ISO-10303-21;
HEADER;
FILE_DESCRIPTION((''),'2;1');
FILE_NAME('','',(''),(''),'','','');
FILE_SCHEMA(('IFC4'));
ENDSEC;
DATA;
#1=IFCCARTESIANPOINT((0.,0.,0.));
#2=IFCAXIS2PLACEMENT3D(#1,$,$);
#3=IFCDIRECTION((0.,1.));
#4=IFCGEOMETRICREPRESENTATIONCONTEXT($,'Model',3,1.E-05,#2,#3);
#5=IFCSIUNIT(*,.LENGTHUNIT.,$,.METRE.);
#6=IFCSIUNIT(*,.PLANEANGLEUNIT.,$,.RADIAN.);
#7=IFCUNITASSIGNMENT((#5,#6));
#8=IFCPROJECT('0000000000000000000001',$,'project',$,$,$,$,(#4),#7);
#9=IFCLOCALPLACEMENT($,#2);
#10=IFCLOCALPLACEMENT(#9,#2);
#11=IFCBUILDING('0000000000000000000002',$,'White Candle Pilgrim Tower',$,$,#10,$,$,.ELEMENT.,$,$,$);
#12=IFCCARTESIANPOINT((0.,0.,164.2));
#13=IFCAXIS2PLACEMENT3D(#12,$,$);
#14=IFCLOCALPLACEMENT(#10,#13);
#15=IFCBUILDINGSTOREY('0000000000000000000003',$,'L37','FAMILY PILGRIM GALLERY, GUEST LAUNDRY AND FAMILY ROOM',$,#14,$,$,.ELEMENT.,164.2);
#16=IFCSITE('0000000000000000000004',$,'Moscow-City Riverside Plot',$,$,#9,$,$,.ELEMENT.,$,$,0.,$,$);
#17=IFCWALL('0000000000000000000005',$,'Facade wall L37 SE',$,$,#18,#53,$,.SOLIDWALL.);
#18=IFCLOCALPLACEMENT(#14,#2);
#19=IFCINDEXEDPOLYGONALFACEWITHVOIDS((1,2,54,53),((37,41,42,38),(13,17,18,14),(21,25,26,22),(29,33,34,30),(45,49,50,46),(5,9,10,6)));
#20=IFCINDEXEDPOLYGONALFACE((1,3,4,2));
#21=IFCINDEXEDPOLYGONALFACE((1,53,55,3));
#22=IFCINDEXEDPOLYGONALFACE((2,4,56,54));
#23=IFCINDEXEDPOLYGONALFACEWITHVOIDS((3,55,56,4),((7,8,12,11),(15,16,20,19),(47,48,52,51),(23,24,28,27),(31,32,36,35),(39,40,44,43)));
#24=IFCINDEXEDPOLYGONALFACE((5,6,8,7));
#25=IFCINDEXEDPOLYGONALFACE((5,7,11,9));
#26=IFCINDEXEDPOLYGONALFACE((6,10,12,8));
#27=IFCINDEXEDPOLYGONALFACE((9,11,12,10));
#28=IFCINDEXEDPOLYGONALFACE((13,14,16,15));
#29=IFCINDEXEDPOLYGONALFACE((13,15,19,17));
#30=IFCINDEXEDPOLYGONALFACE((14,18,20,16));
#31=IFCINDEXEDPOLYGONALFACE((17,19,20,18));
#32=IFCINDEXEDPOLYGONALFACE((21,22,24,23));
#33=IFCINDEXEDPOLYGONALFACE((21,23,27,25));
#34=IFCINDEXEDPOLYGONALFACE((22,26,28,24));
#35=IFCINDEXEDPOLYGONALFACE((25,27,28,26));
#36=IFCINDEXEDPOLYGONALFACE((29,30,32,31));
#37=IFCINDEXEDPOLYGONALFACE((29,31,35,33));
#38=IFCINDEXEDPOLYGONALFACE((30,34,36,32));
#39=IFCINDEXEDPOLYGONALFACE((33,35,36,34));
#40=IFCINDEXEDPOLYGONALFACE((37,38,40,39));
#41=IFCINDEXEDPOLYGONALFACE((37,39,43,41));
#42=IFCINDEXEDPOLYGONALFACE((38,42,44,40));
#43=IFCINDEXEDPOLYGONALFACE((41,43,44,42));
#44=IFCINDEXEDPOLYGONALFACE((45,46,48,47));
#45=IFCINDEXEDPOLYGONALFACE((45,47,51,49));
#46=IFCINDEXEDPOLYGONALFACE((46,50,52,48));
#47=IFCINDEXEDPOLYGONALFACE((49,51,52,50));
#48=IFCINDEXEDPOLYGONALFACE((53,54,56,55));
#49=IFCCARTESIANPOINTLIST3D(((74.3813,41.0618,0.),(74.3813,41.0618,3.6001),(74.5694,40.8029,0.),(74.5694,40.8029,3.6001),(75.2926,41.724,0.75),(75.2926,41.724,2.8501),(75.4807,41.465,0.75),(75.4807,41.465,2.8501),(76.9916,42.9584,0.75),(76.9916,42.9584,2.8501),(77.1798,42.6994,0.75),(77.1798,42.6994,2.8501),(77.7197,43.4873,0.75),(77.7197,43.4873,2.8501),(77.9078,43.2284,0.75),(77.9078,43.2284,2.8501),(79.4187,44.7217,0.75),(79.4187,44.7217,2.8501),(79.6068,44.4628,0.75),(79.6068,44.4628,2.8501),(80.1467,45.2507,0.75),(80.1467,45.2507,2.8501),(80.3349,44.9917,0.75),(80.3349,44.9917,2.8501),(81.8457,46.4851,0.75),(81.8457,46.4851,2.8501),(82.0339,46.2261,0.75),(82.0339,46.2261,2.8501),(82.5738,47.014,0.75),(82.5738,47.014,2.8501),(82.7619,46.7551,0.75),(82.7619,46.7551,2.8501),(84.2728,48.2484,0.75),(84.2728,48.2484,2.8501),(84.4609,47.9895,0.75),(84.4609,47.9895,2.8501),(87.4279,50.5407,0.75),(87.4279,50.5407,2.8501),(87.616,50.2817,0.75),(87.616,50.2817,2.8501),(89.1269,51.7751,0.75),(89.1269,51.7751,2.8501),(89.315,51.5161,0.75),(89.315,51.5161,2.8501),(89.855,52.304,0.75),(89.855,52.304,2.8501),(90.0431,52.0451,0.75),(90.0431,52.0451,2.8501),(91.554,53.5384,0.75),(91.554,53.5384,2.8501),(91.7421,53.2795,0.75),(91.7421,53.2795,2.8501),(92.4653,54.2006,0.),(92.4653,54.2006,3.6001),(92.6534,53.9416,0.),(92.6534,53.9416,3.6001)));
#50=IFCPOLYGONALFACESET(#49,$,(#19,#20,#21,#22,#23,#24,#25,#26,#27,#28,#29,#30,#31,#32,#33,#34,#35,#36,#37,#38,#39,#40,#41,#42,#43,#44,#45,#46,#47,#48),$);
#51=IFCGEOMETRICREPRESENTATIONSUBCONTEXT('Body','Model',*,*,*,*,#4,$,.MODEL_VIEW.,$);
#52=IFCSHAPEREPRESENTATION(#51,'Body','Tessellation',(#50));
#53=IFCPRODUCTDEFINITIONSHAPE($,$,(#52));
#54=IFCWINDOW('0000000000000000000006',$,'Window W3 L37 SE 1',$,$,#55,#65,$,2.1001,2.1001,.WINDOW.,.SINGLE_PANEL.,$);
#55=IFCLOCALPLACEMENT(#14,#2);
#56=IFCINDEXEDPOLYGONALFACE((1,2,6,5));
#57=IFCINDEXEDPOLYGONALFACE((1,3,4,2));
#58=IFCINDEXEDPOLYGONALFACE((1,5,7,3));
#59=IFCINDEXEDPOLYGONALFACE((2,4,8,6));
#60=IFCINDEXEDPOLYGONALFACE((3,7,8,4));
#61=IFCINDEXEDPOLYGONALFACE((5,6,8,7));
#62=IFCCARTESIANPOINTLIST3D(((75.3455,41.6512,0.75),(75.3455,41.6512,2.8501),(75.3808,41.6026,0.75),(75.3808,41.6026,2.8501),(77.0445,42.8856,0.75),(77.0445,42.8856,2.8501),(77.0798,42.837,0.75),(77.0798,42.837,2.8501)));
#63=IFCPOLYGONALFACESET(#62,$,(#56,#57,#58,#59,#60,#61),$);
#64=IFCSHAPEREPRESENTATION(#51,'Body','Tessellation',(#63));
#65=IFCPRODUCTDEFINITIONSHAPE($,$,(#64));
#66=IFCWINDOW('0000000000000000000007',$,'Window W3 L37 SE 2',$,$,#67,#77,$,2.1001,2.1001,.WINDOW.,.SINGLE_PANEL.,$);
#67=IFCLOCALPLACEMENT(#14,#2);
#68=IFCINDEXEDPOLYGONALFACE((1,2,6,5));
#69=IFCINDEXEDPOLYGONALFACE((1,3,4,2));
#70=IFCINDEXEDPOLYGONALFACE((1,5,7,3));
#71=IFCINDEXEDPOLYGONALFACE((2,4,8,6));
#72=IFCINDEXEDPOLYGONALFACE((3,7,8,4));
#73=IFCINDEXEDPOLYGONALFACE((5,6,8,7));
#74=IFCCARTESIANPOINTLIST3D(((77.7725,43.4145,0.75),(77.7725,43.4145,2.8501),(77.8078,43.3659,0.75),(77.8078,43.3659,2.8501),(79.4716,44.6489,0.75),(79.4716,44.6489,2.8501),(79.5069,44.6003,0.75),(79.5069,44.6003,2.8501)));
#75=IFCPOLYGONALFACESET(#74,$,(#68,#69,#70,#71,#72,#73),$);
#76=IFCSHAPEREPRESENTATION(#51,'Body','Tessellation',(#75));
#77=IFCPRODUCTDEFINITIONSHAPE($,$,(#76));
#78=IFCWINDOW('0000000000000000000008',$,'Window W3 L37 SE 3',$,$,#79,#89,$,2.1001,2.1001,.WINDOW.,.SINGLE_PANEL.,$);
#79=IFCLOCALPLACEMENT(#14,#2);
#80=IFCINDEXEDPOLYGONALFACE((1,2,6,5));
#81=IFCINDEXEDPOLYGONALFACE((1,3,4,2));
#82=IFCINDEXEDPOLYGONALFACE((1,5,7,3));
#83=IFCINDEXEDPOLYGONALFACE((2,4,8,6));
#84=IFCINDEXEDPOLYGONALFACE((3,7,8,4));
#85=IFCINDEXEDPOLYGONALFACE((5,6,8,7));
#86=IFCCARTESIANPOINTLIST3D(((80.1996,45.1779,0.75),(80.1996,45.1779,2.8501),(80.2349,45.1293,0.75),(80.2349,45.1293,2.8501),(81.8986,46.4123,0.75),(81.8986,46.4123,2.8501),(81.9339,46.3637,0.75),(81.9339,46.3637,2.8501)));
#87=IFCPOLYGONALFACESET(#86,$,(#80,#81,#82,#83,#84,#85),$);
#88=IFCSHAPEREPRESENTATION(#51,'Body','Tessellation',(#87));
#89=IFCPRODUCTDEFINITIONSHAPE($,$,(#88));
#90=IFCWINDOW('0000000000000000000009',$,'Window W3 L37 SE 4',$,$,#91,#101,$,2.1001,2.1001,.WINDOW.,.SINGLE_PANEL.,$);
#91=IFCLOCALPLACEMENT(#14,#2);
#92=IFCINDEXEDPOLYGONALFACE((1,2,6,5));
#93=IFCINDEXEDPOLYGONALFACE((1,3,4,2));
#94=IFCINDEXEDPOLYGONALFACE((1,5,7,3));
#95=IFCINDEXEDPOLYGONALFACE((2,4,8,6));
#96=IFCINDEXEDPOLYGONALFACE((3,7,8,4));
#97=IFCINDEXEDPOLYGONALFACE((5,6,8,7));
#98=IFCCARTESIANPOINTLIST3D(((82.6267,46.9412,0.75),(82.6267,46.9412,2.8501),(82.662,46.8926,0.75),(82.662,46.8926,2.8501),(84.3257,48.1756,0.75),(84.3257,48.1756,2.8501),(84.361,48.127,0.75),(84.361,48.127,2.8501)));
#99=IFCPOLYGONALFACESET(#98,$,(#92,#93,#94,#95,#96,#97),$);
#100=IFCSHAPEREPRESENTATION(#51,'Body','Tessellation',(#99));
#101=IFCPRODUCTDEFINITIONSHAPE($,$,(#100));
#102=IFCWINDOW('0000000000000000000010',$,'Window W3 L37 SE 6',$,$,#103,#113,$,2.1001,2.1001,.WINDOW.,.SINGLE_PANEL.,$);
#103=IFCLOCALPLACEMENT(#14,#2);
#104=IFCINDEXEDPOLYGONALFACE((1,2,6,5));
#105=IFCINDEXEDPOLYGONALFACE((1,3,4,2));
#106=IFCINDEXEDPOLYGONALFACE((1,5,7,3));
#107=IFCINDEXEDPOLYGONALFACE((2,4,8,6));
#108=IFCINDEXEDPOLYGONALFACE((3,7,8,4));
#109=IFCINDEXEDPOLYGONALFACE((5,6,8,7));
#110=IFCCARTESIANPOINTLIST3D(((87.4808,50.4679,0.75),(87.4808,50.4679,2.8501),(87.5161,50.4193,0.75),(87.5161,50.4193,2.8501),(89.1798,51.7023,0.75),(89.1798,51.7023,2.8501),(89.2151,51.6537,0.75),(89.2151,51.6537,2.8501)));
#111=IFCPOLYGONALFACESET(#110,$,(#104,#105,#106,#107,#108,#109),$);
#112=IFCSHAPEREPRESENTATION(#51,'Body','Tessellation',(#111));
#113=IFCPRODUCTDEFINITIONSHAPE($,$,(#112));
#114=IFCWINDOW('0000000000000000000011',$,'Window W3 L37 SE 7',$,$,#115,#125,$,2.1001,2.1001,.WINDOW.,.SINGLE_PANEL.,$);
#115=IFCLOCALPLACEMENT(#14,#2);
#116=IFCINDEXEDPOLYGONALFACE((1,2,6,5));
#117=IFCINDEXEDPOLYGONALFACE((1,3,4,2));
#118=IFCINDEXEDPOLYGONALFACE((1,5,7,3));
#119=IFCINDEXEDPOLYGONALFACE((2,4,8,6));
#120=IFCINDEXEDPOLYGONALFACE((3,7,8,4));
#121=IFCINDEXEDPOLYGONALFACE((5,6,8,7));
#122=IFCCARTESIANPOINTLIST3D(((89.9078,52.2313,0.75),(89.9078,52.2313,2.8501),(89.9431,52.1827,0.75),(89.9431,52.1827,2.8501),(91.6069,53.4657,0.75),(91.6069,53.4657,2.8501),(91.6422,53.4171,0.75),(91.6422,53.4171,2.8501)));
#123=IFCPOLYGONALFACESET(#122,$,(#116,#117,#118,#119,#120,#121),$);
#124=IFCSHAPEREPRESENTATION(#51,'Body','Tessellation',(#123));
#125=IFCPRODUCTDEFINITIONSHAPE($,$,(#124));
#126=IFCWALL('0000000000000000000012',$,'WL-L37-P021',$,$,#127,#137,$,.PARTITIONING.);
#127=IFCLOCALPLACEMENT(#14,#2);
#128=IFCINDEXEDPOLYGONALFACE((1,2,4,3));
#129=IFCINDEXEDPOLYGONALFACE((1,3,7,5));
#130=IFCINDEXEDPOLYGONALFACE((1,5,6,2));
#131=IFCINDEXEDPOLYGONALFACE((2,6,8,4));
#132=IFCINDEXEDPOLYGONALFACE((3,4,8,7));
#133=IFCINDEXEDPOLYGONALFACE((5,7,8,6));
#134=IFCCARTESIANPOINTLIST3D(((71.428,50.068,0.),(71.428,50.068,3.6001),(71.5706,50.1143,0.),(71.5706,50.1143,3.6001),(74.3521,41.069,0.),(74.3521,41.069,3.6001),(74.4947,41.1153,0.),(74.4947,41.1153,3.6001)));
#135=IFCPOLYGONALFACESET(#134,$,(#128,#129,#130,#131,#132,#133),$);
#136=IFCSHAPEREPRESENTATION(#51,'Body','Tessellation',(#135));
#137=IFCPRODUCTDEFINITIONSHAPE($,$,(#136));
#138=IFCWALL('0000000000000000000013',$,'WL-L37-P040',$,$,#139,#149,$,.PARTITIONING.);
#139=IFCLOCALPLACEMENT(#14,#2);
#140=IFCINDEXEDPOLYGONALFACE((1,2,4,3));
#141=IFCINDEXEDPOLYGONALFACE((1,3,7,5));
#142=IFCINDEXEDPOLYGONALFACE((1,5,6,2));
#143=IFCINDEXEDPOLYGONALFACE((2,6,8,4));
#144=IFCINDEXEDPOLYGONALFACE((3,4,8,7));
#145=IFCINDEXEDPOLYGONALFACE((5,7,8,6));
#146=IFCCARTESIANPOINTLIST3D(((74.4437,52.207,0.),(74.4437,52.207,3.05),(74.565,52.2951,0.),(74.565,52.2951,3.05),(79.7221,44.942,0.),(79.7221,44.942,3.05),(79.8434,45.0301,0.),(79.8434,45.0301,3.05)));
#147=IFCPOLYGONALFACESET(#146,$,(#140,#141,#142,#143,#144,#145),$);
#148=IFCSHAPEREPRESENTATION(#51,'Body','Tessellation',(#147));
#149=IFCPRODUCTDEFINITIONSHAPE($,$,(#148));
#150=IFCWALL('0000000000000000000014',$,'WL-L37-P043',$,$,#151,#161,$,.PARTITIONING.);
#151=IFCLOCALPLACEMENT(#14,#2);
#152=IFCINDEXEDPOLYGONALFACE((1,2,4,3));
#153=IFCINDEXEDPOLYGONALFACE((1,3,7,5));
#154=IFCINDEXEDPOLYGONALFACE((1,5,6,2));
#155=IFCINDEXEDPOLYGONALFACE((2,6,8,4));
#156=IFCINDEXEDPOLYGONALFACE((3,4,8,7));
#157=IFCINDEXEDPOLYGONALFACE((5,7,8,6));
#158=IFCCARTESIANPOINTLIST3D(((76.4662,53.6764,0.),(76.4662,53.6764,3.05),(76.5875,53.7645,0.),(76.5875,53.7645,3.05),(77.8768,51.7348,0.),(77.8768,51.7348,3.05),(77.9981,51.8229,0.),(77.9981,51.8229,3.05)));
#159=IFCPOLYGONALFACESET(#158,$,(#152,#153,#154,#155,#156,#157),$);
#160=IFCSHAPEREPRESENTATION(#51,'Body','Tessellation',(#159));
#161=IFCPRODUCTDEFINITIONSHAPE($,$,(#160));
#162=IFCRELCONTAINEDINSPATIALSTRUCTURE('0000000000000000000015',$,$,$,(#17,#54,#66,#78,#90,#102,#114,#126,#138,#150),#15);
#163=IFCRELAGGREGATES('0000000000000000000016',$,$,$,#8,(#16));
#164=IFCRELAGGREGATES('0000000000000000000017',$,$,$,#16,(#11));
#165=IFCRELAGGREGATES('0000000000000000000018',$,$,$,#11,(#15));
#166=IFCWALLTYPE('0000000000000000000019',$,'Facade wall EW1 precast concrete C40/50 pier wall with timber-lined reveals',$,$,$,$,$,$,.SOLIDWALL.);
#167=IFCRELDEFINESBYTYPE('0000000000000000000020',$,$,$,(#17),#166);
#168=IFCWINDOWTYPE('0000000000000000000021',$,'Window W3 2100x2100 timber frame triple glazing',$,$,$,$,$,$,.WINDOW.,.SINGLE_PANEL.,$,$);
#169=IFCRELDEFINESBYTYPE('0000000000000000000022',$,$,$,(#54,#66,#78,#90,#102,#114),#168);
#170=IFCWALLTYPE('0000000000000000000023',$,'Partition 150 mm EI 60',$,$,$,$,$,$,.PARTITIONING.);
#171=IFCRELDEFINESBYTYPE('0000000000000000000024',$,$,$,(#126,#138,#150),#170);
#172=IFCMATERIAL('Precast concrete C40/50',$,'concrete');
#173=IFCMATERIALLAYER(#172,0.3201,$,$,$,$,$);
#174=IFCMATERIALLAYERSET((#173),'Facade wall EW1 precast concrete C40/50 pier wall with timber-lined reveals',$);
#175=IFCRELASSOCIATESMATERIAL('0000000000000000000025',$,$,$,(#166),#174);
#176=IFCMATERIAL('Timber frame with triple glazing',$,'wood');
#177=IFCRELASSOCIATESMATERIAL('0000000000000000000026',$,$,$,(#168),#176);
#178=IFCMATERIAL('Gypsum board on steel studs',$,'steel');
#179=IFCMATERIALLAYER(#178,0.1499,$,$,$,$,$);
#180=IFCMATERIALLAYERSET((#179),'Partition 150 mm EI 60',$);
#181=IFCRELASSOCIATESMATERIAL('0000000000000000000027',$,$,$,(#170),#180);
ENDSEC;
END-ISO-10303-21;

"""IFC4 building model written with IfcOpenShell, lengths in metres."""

from ifc_helpers import new_model, si_unit, direction, frame, frame_2d, origin, place, context, subcontext, project, spatial, rectangle, extrude, material, layer, layer_set, type_object, element, fill, save


model = new_model("IFC4")

# Units and contexts
model_context = context("Model", 3, precision=1e-05, world=origin(), true_north=direction((0.0, 1.0)))
body_context = subcontext(model_context, "Body", "Model", "MODEL_VIEW")
ifc_project = project(units=[si_unit("LENGTHUNIT", "METRE"), si_unit("PLANEANGLEUNIT", "RADIAN")], contexts=[model_context])

# Site, building, storey
site_placement = place(None, origin())
site = spatial("IfcSite", under=ifc_project, at=site_placement, Name="Moscow-City Riverside Plot", CompositionType="ELEMENT", RefElevation=0.0)
building_placement = place(site_placement, origin())
building = spatial("IfcBuilding", under=site, at=building_placement, Name="White Candle Pilgrim Tower", CompositionType="ELEMENT")
storey_placement = place(building_placement, frame((0.0, 0.0, 164.2)))
storey = spatial("IfcBuildingStorey", under=building, at=storey_placement, Name="L37", Description="FAMILY PILGRIM GALLERY, GUEST LAUNDRY AND FAMILY ROOM", CompositionType="ELEMENT", Elevation=164.2)

# Shared definitions
ifc_material_1 = material(Name="Gypsum board on steel studs", Category="steel")

# Wall, openings, windows
ifc_material_2 = material(Name="Precast concrete C40/50", Category="concrete")
ifc_layer_1 = layer(ifc_material_2, 0.3201)
ifc_layer_set_1 = layer_set([ifc_layer_1], Name="Facade wall EW1 precast concrete C40/50 pier wall with timber-lined reveals")
wall_type_1 = type_object("IfcWallType", Name="Facade wall EW1 precast concrete C40/50 pier wall with timber-lined reveals", PredefinedType="SOLIDWALL", material=ifc_layer_set_1)
wall_1_placement = place(storey_placement, frame((74.4753, 40.9324, 0.0), z_axis=(0.0, 0.0, 1.0), x_axis=(0.809019, 0.587782, 0.0)))
wall_1 = element("IfcWall", 1, at=wall_1_placement, inside=storey, type_object=wall_type_1, Name="Facade wall L37 SE", PredefinedType="SOLIDWALL", context=body_context, shape_type="SweptSolid", body=[
    extrude(rectangle(XDim=22.353, YDim=0.3201, at=frame_2d((11.1765, 0.0))), origin(), (0.0, 0.0, 1.0), 3.6001),
])
opening_1_placement = place(wall_1_placement, frame((1.1265, 0.0, 0.75)))
opening_1 = element("IfcOpeningElement", 2, at=opening_1_placement, cuts=wall_1, PredefinedType="OPENING", context=body_context, shape_type="SweptSolid", body=[
    extrude(rectangle(XDim=2.1001, YDim=2.1001, at=frame_2d((1.05, 1.05))), frame((0.0, 0.1699, 0.0), z_axis=(0.0, -1.0, 0.0), x_axis=(1.0, 0.0, 0.0)), (0.0, 0.0, 1.0), 0.3401),
])
opening_2_placement = place(wall_1_placement, frame((4.1265, 0.0, 0.75)))
opening_2 = element("IfcOpeningElement", 3, at=opening_2_placement, cuts=wall_1, PredefinedType="OPENING", context=body_context, shape_type="SweptSolid", body=[
    extrude(rectangle(XDim=2.1001, YDim=2.1001, at=frame_2d((1.05, 1.05))), frame((0.0, 0.1699, 0.0), z_axis=(0.0, -1.0, 0.0), x_axis=(1.0, 0.0, 0.0)), (0.0, 0.0, 1.0), 0.3401),
])
opening_3_placement = place(wall_1_placement, frame((7.1265, 0.0, 0.75)))
opening_3 = element("IfcOpeningElement", 4, at=opening_3_placement, cuts=wall_1, PredefinedType="OPENING", context=body_context, shape_type="SweptSolid", body=[
    extrude(rectangle(XDim=2.1001, YDim=2.1001, at=frame_2d((1.05, 1.05))), frame((0.0, 0.1699, 0.0), z_axis=(0.0, -1.0, 0.0), x_axis=(1.0, 0.0, 0.0)), (0.0, 0.0, 1.0), 0.3401),
])
opening_4_placement = place(wall_1_placement, frame((10.1265, 0.0, 0.75)))
opening_4 = element("IfcOpeningElement", 5, at=opening_4_placement, cuts=wall_1, PredefinedType="OPENING", context=body_context, shape_type="SweptSolid", body=[
    extrude(rectangle(XDim=2.1001, YDim=2.1001, at=frame_2d((1.05, 1.05))), frame((0.0, 0.1699, 0.0), z_axis=(0.0, -1.0, 0.0), x_axis=(1.0, 0.0, 0.0)), (0.0, 0.0, 1.0), 0.3401),
])
opening_5_placement = place(wall_1_placement, frame((16.1265, 0.0, 0.75)))
opening_5 = element("IfcOpeningElement", 6, at=opening_5_placement, cuts=wall_1, PredefinedType="OPENING", context=body_context, shape_type="SweptSolid", body=[
    extrude(rectangle(XDim=2.1001, YDim=2.1001, at=frame_2d((1.05, 1.05))), frame((0.0, 0.1699, 0.0), z_axis=(0.0, -1.0, 0.0), x_axis=(1.0, 0.0, 0.0)), (0.0, 0.0, 1.0), 0.3401),
])
opening_6_placement = place(wall_1_placement, frame((19.1265, 0.0, 0.75)))
opening_6 = element("IfcOpeningElement", 7, at=opening_6_placement, cuts=wall_1, PredefinedType="OPENING", context=body_context, shape_type="SweptSolid", body=[
    extrude(rectangle(XDim=2.1001, YDim=2.1001, at=frame_2d((1.05, 1.05))), frame((0.0, 0.1699, 0.0), z_axis=(0.0, -1.0, 0.0), x_axis=(1.0, 0.0, 0.0)), (0.0, 0.0, 1.0), 0.3401),
])
ifc_material_3 = material(Name="Timber frame with triple glazing", Category="wood")
window_type = type_object("IfcWindowType", Name="Window W3 2100x2100 timber frame triple glazing", PartitioningType="SINGLE_PANEL", PredefinedType="WINDOW", material=ifc_material_3)
window_1_placement = place(opening_1_placement, origin())
window_1 = element("IfcWindow", 8, at=window_1_placement, inside=storey, type_object=window_type, Name="Window W3 L37 SE 1", OverallHeight=2.1001, OverallWidth=2.1001, PartitioningType="SINGLE_PANEL", PredefinedType="WINDOW", context=body_context, shape_type="SweptSolid", body=[
    extrude(rectangle(XDim=2.1001, YDim=2.1001, at=frame_2d((1.05, 1.05))), frame((0.0, 0.0701, 0.0), z_axis=(0.0, -1.0, 0.0), x_axis=(1.0, 0.0, 0.0)), (0.0, 0.0, 1.0), 0.0601),
])
fill(opening_1, window_1)
window_2_placement = place(opening_2_placement, origin())
window_2 = element("IfcWindow", 9, at=window_2_placement, inside=storey, type_object=window_type, Name="Window W3 L37 SE 2", OverallHeight=2.1001, OverallWidth=2.1001, PartitioningType="SINGLE_PANEL", PredefinedType="WINDOW", context=body_context, shape_type="SweptSolid", body=[
    extrude(rectangle(XDim=2.1001, YDim=2.1001, at=frame_2d((1.05, 1.05))), frame((0.0, 0.0701, 0.0), z_axis=(0.0, -1.0, 0.0), x_axis=(1.0, 0.0, 0.0)), (0.0, 0.0, 1.0), 0.0601),
])
fill(opening_2, window_2)
window_3_placement = place(opening_3_placement, origin())
window_3 = element("IfcWindow", 10, at=window_3_placement, inside=storey, type_object=window_type, Name="Window W3 L37 SE 3", OverallHeight=2.1001, OverallWidth=2.1001, PartitioningType="SINGLE_PANEL", PredefinedType="WINDOW", context=body_context, shape_type="SweptSolid", body=[
    extrude(rectangle(XDim=2.1001, YDim=2.1001, at=frame_2d((1.05, 1.05))), frame((0.0, 0.0701, 0.0), z_axis=(0.0, -1.0, 0.0), x_axis=(1.0, 0.0, 0.0)), (0.0, 0.0, 1.0), 0.0601),
])
fill(opening_3, window_3)
window_4_placement = place(opening_4_placement, origin())
window_4 = element("IfcWindow", 11, at=window_4_placement, inside=storey, type_object=window_type, Name="Window W3 L37 SE 4", OverallHeight=2.1001, OverallWidth=2.1001, PartitioningType="SINGLE_PANEL", PredefinedType="WINDOW", context=body_context, shape_type="SweptSolid", body=[
    extrude(rectangle(XDim=2.1001, YDim=2.1001, at=frame_2d((1.05, 1.05))), frame((0.0, 0.0701, 0.0), z_axis=(0.0, -1.0, 0.0), x_axis=(1.0, 0.0, 0.0)), (0.0, 0.0, 1.0), 0.0601),
])
fill(opening_4, window_4)
window_5_placement = place(opening_5_placement, origin())
window_5 = element("IfcWindow", 12, at=window_5_placement, inside=storey, type_object=window_type, Name="Window W3 L37 SE 6", OverallHeight=2.1001, OverallWidth=2.1001, PartitioningType="SINGLE_PANEL", PredefinedType="WINDOW", context=body_context, shape_type="SweptSolid", body=[
    extrude(rectangle(XDim=2.1001, YDim=2.1001, at=frame_2d((1.05, 1.05))), frame((0.0, 0.0701, 0.0), z_axis=(0.0, -1.0, 0.0), x_axis=(1.0, 0.0, 0.0)), (0.0, 0.0, 1.0), 0.0601),
])
fill(opening_5, window_5)
window_6_placement = place(opening_6_placement, origin())
window_6 = element("IfcWindow", 13, at=window_6_placement, inside=storey, type_object=window_type, Name="Window W3 L37 SE 7", OverallHeight=2.1001, OverallWidth=2.1001, PartitioningType="SINGLE_PANEL", PredefinedType="WINDOW", context=body_context, shape_type="SweptSolid", body=[
    extrude(rectangle(XDim=2.1001, YDim=2.1001, at=frame_2d((1.05, 1.05))), frame((0.0, 0.0701, 0.0), z_axis=(0.0, -1.0, 0.0), x_axis=(1.0, 0.0, 0.0)), (0.0, 0.0, 1.0), 0.0601),
])
fill(opening_6, window_6)

# Walls
ifc_layer_2 = layer(ifc_material_1, 0.1499)
ifc_layer_set_2 = layer_set([ifc_layer_2], Name="Partition 150 mm EI 60")
wall_type_2 = type_object("IfcWallType", Name="Partition 150 mm EI 60", PredefinedType="PARTITIONING", material=ifc_layer_set_2)
wall_2_placement = place(storey_placement, frame((74.4233, 41.0923, 0.0), z_axis=(0.0, 0.0, 1.0), x_axis=(-0.309028, 0.951053, 0.0)))
element("IfcWall", 14, at=wall_2_placement, inside=storey, type_object=wall_type_2, Name="WL-L37-P021", PredefinedType="PARTITIONING", context=body_context, shape_type="SweptSolid", body=[
    extrude(rectangle(XDim=9.4622, YDim=0.1499, at=frame_2d((4.731, 0.0))), origin(), (0.0, 0.0, 1.0), 3.6001),
])
wall_3_placement = place(storey_placement, frame((79.7827, 44.9861, 0.0), z_axis=(0.0, 0.0, 1.0), x_axis=(-0.58779, 0.809013, 0.0)))
element("IfcWall", 15, at=wall_3_placement, inside=storey, type_object=wall_type_2, Name="WL-L37-P040", PredefinedType="PARTITIONING", context=body_context, shape_type="SweptSolid", body=[
    extrude(rectangle(XDim=8.98, YDim=0.1499, at=frame_2d((4.49, 0.0))), origin(), (0.0, 0.0, 1.0), 3.05),
])
wall_4_placement = place(storey_placement, frame((76.5269, 53.7205, 0.0), z_axis=(0.0, 0.0, 1.0), x_axis=(0.587772, -0.809026, 0.0)))
element("IfcWall", 16, at=wall_4_placement, inside=storey, type_object=wall_type_2, Name="WL-L37-P043", PredefinedType="PARTITIONING", context=body_context, shape_type="SweptSolid", body=[
    extrude(rectangle(XDim=2.3999, YDim=0.1499, at=frame_2d((1.2, 0.0))), origin(), (0.0, 0.0, 1.0), 3.05),
])

save(model, "model.ifc")
